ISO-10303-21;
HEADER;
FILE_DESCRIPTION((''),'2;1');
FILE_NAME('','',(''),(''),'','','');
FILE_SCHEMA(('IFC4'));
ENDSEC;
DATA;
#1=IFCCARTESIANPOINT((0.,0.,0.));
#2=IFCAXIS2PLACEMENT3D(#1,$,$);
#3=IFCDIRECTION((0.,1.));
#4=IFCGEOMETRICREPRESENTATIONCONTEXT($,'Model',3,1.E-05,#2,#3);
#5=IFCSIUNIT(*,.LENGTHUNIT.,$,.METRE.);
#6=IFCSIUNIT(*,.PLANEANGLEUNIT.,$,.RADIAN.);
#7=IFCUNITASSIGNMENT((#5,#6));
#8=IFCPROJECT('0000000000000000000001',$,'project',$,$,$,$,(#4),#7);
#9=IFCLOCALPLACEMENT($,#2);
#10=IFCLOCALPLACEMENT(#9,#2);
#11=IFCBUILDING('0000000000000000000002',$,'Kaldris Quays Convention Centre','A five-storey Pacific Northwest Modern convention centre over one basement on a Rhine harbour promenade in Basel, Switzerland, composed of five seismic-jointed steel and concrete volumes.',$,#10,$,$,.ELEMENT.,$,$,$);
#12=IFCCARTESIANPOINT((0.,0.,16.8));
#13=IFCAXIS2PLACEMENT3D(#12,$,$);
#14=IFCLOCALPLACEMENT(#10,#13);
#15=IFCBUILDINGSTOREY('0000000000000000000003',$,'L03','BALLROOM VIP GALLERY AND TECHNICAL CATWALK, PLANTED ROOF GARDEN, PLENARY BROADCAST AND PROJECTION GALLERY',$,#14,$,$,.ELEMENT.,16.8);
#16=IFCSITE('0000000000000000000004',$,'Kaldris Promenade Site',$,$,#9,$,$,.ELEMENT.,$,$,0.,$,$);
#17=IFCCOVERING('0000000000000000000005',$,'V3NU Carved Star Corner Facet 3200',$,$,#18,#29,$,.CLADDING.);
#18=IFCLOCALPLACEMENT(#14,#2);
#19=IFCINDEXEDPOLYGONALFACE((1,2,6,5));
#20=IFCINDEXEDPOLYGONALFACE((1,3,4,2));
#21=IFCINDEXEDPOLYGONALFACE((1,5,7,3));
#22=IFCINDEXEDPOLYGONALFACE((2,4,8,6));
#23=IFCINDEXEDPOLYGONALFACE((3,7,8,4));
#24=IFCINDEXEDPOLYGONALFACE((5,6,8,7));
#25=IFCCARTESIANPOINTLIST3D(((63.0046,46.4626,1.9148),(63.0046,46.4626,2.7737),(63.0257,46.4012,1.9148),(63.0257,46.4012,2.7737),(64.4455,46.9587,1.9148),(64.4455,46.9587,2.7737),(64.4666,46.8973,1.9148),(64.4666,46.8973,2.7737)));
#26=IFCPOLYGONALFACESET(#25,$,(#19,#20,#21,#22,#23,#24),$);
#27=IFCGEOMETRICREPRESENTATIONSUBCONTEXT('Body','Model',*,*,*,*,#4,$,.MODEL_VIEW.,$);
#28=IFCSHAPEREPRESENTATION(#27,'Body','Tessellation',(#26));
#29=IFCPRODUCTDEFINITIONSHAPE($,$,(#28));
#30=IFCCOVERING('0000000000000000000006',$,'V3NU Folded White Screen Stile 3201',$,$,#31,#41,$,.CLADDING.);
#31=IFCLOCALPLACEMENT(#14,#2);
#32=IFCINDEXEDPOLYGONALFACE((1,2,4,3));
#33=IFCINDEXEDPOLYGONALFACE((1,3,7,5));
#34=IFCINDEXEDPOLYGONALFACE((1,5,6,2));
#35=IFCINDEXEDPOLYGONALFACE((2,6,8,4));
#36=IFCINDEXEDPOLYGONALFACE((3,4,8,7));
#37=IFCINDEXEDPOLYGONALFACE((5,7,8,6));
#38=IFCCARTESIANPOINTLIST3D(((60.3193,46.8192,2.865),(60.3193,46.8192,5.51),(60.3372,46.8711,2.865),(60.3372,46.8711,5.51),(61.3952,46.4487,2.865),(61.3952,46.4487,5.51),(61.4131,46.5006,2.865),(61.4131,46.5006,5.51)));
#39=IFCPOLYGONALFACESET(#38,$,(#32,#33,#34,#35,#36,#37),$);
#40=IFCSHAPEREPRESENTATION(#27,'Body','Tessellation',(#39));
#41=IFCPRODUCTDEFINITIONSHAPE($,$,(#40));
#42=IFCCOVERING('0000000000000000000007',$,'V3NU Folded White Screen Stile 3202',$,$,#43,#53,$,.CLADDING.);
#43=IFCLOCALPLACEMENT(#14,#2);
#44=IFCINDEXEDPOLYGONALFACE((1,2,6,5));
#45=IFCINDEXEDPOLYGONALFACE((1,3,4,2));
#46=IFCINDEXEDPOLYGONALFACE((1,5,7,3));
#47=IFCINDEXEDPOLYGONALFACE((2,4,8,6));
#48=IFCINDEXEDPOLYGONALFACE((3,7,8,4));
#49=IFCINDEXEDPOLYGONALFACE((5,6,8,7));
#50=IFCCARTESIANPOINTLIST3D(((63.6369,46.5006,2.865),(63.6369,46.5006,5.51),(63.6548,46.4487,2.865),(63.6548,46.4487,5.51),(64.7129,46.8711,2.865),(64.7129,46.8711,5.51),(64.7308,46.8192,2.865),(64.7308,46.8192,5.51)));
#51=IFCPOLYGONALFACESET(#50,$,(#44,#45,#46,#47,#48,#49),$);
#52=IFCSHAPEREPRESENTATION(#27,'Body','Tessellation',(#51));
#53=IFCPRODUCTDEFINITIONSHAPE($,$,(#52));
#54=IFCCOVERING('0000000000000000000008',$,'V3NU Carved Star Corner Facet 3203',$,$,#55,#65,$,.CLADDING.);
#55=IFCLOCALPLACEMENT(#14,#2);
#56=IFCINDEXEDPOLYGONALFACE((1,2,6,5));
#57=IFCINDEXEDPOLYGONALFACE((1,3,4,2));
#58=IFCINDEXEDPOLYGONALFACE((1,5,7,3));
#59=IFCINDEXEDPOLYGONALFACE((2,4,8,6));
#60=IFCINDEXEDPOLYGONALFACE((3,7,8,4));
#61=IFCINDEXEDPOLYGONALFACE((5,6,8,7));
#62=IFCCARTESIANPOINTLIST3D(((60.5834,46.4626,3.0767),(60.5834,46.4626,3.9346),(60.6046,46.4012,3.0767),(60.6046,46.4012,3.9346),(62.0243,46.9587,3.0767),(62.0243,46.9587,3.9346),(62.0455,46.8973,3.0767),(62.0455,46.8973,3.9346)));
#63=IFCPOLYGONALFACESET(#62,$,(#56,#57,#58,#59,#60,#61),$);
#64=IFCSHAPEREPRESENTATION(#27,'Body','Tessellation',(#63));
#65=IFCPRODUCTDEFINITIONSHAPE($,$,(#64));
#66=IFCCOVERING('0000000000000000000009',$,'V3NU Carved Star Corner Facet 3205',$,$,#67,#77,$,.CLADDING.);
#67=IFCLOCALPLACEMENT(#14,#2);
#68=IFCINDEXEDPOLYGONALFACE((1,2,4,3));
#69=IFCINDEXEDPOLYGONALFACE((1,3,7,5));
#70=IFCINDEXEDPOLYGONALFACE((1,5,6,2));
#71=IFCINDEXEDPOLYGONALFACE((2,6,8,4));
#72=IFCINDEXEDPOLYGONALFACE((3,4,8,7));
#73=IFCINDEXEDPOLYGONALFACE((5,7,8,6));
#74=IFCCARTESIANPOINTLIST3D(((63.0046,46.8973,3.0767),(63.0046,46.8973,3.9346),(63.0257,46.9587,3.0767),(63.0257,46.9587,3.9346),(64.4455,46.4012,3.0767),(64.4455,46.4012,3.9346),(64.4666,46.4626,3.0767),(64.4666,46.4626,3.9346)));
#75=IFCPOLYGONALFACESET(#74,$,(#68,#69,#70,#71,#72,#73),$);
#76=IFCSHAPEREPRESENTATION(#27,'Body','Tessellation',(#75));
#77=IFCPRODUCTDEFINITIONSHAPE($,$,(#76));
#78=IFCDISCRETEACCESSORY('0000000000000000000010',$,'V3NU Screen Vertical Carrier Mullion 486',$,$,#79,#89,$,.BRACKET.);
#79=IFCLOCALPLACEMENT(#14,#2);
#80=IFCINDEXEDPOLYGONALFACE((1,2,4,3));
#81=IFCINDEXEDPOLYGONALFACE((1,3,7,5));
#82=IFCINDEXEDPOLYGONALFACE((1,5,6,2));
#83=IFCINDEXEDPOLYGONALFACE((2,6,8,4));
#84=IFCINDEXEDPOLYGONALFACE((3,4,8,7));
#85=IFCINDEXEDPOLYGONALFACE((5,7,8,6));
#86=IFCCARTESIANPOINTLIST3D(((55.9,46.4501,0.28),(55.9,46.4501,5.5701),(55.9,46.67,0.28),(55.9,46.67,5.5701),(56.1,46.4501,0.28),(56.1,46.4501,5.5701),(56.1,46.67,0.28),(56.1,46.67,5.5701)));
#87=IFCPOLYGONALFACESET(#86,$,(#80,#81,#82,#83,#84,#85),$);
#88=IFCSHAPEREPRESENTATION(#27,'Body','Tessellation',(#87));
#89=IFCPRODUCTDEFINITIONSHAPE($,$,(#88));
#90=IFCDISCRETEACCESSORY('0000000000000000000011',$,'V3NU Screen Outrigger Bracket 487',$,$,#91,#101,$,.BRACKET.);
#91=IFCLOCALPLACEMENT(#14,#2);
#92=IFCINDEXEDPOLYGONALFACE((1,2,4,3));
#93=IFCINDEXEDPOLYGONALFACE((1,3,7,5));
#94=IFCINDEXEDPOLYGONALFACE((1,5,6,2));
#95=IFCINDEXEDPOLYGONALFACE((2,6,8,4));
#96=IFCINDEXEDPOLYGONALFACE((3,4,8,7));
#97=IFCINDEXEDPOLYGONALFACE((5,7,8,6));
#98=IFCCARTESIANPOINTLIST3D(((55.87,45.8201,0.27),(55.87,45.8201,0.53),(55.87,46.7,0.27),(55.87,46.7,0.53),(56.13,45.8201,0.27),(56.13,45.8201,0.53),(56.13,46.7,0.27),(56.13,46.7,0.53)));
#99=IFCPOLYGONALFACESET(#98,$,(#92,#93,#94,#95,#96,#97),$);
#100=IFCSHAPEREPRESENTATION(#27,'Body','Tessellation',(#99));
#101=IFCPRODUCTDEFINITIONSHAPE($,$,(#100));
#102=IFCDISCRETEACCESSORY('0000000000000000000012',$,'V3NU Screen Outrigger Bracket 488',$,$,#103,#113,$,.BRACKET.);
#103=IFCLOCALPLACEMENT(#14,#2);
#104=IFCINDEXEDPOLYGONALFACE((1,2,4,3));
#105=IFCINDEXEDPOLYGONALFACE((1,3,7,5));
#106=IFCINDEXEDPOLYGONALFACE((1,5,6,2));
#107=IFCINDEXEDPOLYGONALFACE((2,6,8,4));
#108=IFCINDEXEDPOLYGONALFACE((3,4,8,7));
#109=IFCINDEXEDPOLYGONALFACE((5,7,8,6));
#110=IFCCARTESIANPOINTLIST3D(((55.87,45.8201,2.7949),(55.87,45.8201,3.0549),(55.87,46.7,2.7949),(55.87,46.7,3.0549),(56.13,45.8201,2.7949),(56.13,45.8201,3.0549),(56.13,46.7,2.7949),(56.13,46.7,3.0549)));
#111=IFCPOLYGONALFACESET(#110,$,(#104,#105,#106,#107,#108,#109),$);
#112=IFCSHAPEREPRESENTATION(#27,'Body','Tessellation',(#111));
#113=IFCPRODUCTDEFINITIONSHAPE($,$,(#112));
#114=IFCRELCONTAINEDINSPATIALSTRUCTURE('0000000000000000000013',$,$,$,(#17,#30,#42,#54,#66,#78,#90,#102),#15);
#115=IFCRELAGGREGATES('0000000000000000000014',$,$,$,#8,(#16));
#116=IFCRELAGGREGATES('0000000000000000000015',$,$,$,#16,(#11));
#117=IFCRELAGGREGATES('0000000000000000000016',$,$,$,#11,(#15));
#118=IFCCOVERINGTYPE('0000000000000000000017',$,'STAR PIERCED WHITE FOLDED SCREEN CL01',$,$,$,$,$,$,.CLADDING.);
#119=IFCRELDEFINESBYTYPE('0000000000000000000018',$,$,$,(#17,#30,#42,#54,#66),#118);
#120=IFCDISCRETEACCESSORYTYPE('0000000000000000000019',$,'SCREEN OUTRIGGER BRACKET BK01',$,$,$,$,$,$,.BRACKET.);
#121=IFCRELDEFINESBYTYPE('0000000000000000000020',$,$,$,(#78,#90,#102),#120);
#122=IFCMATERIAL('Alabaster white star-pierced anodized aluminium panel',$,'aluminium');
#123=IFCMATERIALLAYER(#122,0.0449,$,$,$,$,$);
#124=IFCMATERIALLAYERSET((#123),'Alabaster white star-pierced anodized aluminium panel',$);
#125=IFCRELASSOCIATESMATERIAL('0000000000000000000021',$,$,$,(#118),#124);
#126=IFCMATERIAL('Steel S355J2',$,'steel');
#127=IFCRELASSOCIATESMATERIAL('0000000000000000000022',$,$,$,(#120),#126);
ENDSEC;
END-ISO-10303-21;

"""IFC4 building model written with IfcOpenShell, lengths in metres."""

from ifc_helpers import new_model, si_unit, direction, frame, origin, origin_2d, place, context, subcontext, project, spatial, rectangle, extrude, material, layer, layer_set, type_object, element, save


model = new_model("IFC4")

# Units and contexts
model_context = context("Model", 3, precision=1e-05, world=origin(), true_north=direction((0.0, 1.0)))
body_context = subcontext(model_context, "Body", "Model", "MODEL_VIEW")
ifc_project = project(units=[si_unit("LENGTHUNIT", "METRE"), si_unit("PLANEANGLEUNIT", "RADIAN")], contexts=[model_context])

# Site, building, storey
site_placement = place(None, origin())
site = spatial("IfcSite", under=ifc_project, at=site_placement, Name="Kaldris Promenade Site", CompositionType="ELEMENT", RefElevation=0.0)
building_placement = place(site_placement, origin())
building = spatial("IfcBuilding", under=site, at=building_placement, Name="Kaldris Quays Convention Centre", Description="A five-storey Pacific Northwest Modern convention centre over one basement on a Rhine harbour promenade in Basel, Switzerland, composed of five seismic-jointed steel and concrete volumes.", CompositionType="ELEMENT")
storey_placement = place(building_placement, frame((0.0, 0.0, 16.8)))
storey = spatial("IfcBuildingStorey", under=building, at=storey_placement, Name="L03", Description="BALLROOM VIP GALLERY AND TECHNICAL CATWALK, PLANTED ROOF GARDEN, PLENARY BROADCAST AND PROJECTION GALLERY", CompositionType="ELEMENT", Elevation=16.8)

# Coverings
ifc_material_1 = material(Name="Alabaster white star-pierced anodized aluminium panel", Category="aluminium")
ifc_layer_1 = layer(ifc_material_1, 0.0449)
ifc_layer_set_1 = layer_set([ifc_layer_1], Name="Alabaster white star-pierced anodized aluminium panel")
covering_type = type_object("IfcCoveringType", Name="STAR PIERCED WHITE FOLDED SCREEN CL01", PredefinedType="CLADDING", material=ifc_layer_set_1)
for number, where, z_axis, x_axis, name in (
    (1, (63.7356, 46.6799, 1.9148), (0.0, 0.0, 1.0), (0.945519, 0.325568, 0.0), "V3NU Carved Star Corner Facet 3200"),
):
    element("IfcCovering", number, at=place(storey_placement, frame(where, z_axis=z_axis, x_axis=x_axis)), inside=storey, type_object=covering_type, Name=name, PredefinedType="CLADDING", context=body_context, shape_type="SweptSolid", body=[
        extrude(rectangle(XDim=1.5239, YDim=0.0649, at=origin_2d()), origin(), (0.0, 0.0, 1.0), 0.8589),
    ])
for number, where, z_axis, x_axis, name in (
    (2, (60.8662, 46.6599, 2.865), (0.0, 0.0, 1.0), (0.945519, -0.325568, 0.0), "V3NU Folded White Screen Stile 3201"),
    (3, (64.1838, 46.6599, 2.865), (0.0, 0.0, 1.0), (0.945519, 0.325568, 0.0), "V3NU Folded White Screen Stile 3202"),
):
    element("IfcCovering", number, at=place(storey_placement, frame(where, z_axis=z_axis, x_axis=x_axis)), inside=storey, type_object=covering_type, Name=name, PredefinedType="CLADDING", context=body_context, shape_type="SweptSolid", body=[
        extrude(rectangle(XDim=1.1379, YDim=0.0549, at=origin_2d()), origin(), (0.0, 0.0, 1.0), 2.645),
    ])
for number, where, z_axis, x_axis, name in (
    (4, (61.3145, 46.6799, 3.0767), (0.0, 0.0, 1.0), (0.945519, 0.325568, 0.0), "V3NU Carved Star Corner Facet 3203"),
    (5, (63.7356, 46.6799, 3.0767), (0.0, 0.0, 1.0), (0.945519, -0.325568, 0.0), "V3NU Carved Star Corner Facet 3205"),
):
    element("IfcCovering", number, at=place(storey_placement, frame(where, z_axis=z_axis, x_axis=x_axis)), inside=storey, type_object=covering_type, Name=name, PredefinedType="CLADDING", context=body_context, shape_type="SweptSolid", body=[
        extrude(rectangle(XDim=1.5239, YDim=0.0649, at=origin_2d()), origin(), (0.0, 0.0, 1.0), 0.8579),
    ])

# Discrete accessories
ifc_material_2 = material(Name="Steel S355J2", Category="steel")
discrete_accessory_type = type_object("IfcDiscreteAccessoryType", Name="SCREEN OUTRIGGER BRACKET BK01", PredefinedType="BRACKET", material=ifc_material_2)
discrete_accessory_placement = place(storey_placement, frame((56.0, 46.5601, 0.28), z_axis=(0.0, 0.0, 1.0), x_axis=(1.0, 0.0, 0.0)))
element("IfcDiscreteAccessory", 6, at=discrete_accessory_placement, inside=storey, type_object=discrete_accessory_type, Name="V3NU Screen Vertical Carrier Mullion 486", PredefinedType="BRACKET", context=body_context, shape_type="SweptSolid", body=[
    extrude(rectangle(XDim=0.2, YDim=0.22, at=origin_2d()), origin(), (0.0, 0.0, 1.0), 5.29),
])
for number, where, z_axis, x_axis, name in (
    (7, (56.0, 46.26, 0.27), (0.0, 0.0, 1.0), (1.0, 0.0, 0.0), "V3NU Screen Outrigger Bracket 487"),
    (8, (56.0, 46.26, 2.7949), (0.0, 0.0, 1.0), (1.0, 0.0, 0.0), "V3NU Screen Outrigger Bracket 488"),
):
    element("IfcDiscreteAccessory", number, at=place(storey_placement, frame(where, z_axis=z_axis, x_axis=x_axis)), inside=storey, type_object=discrete_accessory_type, Name=name, PredefinedType="BRACKET", context=body_context, shape_type="SweptSolid", body=[
        extrude(rectangle(XDim=0.26, YDim=0.8799, at=origin_2d()), origin(), (0.0, 0.0, 1.0), 0.26),
    ])

save(model, "model.ifc")
